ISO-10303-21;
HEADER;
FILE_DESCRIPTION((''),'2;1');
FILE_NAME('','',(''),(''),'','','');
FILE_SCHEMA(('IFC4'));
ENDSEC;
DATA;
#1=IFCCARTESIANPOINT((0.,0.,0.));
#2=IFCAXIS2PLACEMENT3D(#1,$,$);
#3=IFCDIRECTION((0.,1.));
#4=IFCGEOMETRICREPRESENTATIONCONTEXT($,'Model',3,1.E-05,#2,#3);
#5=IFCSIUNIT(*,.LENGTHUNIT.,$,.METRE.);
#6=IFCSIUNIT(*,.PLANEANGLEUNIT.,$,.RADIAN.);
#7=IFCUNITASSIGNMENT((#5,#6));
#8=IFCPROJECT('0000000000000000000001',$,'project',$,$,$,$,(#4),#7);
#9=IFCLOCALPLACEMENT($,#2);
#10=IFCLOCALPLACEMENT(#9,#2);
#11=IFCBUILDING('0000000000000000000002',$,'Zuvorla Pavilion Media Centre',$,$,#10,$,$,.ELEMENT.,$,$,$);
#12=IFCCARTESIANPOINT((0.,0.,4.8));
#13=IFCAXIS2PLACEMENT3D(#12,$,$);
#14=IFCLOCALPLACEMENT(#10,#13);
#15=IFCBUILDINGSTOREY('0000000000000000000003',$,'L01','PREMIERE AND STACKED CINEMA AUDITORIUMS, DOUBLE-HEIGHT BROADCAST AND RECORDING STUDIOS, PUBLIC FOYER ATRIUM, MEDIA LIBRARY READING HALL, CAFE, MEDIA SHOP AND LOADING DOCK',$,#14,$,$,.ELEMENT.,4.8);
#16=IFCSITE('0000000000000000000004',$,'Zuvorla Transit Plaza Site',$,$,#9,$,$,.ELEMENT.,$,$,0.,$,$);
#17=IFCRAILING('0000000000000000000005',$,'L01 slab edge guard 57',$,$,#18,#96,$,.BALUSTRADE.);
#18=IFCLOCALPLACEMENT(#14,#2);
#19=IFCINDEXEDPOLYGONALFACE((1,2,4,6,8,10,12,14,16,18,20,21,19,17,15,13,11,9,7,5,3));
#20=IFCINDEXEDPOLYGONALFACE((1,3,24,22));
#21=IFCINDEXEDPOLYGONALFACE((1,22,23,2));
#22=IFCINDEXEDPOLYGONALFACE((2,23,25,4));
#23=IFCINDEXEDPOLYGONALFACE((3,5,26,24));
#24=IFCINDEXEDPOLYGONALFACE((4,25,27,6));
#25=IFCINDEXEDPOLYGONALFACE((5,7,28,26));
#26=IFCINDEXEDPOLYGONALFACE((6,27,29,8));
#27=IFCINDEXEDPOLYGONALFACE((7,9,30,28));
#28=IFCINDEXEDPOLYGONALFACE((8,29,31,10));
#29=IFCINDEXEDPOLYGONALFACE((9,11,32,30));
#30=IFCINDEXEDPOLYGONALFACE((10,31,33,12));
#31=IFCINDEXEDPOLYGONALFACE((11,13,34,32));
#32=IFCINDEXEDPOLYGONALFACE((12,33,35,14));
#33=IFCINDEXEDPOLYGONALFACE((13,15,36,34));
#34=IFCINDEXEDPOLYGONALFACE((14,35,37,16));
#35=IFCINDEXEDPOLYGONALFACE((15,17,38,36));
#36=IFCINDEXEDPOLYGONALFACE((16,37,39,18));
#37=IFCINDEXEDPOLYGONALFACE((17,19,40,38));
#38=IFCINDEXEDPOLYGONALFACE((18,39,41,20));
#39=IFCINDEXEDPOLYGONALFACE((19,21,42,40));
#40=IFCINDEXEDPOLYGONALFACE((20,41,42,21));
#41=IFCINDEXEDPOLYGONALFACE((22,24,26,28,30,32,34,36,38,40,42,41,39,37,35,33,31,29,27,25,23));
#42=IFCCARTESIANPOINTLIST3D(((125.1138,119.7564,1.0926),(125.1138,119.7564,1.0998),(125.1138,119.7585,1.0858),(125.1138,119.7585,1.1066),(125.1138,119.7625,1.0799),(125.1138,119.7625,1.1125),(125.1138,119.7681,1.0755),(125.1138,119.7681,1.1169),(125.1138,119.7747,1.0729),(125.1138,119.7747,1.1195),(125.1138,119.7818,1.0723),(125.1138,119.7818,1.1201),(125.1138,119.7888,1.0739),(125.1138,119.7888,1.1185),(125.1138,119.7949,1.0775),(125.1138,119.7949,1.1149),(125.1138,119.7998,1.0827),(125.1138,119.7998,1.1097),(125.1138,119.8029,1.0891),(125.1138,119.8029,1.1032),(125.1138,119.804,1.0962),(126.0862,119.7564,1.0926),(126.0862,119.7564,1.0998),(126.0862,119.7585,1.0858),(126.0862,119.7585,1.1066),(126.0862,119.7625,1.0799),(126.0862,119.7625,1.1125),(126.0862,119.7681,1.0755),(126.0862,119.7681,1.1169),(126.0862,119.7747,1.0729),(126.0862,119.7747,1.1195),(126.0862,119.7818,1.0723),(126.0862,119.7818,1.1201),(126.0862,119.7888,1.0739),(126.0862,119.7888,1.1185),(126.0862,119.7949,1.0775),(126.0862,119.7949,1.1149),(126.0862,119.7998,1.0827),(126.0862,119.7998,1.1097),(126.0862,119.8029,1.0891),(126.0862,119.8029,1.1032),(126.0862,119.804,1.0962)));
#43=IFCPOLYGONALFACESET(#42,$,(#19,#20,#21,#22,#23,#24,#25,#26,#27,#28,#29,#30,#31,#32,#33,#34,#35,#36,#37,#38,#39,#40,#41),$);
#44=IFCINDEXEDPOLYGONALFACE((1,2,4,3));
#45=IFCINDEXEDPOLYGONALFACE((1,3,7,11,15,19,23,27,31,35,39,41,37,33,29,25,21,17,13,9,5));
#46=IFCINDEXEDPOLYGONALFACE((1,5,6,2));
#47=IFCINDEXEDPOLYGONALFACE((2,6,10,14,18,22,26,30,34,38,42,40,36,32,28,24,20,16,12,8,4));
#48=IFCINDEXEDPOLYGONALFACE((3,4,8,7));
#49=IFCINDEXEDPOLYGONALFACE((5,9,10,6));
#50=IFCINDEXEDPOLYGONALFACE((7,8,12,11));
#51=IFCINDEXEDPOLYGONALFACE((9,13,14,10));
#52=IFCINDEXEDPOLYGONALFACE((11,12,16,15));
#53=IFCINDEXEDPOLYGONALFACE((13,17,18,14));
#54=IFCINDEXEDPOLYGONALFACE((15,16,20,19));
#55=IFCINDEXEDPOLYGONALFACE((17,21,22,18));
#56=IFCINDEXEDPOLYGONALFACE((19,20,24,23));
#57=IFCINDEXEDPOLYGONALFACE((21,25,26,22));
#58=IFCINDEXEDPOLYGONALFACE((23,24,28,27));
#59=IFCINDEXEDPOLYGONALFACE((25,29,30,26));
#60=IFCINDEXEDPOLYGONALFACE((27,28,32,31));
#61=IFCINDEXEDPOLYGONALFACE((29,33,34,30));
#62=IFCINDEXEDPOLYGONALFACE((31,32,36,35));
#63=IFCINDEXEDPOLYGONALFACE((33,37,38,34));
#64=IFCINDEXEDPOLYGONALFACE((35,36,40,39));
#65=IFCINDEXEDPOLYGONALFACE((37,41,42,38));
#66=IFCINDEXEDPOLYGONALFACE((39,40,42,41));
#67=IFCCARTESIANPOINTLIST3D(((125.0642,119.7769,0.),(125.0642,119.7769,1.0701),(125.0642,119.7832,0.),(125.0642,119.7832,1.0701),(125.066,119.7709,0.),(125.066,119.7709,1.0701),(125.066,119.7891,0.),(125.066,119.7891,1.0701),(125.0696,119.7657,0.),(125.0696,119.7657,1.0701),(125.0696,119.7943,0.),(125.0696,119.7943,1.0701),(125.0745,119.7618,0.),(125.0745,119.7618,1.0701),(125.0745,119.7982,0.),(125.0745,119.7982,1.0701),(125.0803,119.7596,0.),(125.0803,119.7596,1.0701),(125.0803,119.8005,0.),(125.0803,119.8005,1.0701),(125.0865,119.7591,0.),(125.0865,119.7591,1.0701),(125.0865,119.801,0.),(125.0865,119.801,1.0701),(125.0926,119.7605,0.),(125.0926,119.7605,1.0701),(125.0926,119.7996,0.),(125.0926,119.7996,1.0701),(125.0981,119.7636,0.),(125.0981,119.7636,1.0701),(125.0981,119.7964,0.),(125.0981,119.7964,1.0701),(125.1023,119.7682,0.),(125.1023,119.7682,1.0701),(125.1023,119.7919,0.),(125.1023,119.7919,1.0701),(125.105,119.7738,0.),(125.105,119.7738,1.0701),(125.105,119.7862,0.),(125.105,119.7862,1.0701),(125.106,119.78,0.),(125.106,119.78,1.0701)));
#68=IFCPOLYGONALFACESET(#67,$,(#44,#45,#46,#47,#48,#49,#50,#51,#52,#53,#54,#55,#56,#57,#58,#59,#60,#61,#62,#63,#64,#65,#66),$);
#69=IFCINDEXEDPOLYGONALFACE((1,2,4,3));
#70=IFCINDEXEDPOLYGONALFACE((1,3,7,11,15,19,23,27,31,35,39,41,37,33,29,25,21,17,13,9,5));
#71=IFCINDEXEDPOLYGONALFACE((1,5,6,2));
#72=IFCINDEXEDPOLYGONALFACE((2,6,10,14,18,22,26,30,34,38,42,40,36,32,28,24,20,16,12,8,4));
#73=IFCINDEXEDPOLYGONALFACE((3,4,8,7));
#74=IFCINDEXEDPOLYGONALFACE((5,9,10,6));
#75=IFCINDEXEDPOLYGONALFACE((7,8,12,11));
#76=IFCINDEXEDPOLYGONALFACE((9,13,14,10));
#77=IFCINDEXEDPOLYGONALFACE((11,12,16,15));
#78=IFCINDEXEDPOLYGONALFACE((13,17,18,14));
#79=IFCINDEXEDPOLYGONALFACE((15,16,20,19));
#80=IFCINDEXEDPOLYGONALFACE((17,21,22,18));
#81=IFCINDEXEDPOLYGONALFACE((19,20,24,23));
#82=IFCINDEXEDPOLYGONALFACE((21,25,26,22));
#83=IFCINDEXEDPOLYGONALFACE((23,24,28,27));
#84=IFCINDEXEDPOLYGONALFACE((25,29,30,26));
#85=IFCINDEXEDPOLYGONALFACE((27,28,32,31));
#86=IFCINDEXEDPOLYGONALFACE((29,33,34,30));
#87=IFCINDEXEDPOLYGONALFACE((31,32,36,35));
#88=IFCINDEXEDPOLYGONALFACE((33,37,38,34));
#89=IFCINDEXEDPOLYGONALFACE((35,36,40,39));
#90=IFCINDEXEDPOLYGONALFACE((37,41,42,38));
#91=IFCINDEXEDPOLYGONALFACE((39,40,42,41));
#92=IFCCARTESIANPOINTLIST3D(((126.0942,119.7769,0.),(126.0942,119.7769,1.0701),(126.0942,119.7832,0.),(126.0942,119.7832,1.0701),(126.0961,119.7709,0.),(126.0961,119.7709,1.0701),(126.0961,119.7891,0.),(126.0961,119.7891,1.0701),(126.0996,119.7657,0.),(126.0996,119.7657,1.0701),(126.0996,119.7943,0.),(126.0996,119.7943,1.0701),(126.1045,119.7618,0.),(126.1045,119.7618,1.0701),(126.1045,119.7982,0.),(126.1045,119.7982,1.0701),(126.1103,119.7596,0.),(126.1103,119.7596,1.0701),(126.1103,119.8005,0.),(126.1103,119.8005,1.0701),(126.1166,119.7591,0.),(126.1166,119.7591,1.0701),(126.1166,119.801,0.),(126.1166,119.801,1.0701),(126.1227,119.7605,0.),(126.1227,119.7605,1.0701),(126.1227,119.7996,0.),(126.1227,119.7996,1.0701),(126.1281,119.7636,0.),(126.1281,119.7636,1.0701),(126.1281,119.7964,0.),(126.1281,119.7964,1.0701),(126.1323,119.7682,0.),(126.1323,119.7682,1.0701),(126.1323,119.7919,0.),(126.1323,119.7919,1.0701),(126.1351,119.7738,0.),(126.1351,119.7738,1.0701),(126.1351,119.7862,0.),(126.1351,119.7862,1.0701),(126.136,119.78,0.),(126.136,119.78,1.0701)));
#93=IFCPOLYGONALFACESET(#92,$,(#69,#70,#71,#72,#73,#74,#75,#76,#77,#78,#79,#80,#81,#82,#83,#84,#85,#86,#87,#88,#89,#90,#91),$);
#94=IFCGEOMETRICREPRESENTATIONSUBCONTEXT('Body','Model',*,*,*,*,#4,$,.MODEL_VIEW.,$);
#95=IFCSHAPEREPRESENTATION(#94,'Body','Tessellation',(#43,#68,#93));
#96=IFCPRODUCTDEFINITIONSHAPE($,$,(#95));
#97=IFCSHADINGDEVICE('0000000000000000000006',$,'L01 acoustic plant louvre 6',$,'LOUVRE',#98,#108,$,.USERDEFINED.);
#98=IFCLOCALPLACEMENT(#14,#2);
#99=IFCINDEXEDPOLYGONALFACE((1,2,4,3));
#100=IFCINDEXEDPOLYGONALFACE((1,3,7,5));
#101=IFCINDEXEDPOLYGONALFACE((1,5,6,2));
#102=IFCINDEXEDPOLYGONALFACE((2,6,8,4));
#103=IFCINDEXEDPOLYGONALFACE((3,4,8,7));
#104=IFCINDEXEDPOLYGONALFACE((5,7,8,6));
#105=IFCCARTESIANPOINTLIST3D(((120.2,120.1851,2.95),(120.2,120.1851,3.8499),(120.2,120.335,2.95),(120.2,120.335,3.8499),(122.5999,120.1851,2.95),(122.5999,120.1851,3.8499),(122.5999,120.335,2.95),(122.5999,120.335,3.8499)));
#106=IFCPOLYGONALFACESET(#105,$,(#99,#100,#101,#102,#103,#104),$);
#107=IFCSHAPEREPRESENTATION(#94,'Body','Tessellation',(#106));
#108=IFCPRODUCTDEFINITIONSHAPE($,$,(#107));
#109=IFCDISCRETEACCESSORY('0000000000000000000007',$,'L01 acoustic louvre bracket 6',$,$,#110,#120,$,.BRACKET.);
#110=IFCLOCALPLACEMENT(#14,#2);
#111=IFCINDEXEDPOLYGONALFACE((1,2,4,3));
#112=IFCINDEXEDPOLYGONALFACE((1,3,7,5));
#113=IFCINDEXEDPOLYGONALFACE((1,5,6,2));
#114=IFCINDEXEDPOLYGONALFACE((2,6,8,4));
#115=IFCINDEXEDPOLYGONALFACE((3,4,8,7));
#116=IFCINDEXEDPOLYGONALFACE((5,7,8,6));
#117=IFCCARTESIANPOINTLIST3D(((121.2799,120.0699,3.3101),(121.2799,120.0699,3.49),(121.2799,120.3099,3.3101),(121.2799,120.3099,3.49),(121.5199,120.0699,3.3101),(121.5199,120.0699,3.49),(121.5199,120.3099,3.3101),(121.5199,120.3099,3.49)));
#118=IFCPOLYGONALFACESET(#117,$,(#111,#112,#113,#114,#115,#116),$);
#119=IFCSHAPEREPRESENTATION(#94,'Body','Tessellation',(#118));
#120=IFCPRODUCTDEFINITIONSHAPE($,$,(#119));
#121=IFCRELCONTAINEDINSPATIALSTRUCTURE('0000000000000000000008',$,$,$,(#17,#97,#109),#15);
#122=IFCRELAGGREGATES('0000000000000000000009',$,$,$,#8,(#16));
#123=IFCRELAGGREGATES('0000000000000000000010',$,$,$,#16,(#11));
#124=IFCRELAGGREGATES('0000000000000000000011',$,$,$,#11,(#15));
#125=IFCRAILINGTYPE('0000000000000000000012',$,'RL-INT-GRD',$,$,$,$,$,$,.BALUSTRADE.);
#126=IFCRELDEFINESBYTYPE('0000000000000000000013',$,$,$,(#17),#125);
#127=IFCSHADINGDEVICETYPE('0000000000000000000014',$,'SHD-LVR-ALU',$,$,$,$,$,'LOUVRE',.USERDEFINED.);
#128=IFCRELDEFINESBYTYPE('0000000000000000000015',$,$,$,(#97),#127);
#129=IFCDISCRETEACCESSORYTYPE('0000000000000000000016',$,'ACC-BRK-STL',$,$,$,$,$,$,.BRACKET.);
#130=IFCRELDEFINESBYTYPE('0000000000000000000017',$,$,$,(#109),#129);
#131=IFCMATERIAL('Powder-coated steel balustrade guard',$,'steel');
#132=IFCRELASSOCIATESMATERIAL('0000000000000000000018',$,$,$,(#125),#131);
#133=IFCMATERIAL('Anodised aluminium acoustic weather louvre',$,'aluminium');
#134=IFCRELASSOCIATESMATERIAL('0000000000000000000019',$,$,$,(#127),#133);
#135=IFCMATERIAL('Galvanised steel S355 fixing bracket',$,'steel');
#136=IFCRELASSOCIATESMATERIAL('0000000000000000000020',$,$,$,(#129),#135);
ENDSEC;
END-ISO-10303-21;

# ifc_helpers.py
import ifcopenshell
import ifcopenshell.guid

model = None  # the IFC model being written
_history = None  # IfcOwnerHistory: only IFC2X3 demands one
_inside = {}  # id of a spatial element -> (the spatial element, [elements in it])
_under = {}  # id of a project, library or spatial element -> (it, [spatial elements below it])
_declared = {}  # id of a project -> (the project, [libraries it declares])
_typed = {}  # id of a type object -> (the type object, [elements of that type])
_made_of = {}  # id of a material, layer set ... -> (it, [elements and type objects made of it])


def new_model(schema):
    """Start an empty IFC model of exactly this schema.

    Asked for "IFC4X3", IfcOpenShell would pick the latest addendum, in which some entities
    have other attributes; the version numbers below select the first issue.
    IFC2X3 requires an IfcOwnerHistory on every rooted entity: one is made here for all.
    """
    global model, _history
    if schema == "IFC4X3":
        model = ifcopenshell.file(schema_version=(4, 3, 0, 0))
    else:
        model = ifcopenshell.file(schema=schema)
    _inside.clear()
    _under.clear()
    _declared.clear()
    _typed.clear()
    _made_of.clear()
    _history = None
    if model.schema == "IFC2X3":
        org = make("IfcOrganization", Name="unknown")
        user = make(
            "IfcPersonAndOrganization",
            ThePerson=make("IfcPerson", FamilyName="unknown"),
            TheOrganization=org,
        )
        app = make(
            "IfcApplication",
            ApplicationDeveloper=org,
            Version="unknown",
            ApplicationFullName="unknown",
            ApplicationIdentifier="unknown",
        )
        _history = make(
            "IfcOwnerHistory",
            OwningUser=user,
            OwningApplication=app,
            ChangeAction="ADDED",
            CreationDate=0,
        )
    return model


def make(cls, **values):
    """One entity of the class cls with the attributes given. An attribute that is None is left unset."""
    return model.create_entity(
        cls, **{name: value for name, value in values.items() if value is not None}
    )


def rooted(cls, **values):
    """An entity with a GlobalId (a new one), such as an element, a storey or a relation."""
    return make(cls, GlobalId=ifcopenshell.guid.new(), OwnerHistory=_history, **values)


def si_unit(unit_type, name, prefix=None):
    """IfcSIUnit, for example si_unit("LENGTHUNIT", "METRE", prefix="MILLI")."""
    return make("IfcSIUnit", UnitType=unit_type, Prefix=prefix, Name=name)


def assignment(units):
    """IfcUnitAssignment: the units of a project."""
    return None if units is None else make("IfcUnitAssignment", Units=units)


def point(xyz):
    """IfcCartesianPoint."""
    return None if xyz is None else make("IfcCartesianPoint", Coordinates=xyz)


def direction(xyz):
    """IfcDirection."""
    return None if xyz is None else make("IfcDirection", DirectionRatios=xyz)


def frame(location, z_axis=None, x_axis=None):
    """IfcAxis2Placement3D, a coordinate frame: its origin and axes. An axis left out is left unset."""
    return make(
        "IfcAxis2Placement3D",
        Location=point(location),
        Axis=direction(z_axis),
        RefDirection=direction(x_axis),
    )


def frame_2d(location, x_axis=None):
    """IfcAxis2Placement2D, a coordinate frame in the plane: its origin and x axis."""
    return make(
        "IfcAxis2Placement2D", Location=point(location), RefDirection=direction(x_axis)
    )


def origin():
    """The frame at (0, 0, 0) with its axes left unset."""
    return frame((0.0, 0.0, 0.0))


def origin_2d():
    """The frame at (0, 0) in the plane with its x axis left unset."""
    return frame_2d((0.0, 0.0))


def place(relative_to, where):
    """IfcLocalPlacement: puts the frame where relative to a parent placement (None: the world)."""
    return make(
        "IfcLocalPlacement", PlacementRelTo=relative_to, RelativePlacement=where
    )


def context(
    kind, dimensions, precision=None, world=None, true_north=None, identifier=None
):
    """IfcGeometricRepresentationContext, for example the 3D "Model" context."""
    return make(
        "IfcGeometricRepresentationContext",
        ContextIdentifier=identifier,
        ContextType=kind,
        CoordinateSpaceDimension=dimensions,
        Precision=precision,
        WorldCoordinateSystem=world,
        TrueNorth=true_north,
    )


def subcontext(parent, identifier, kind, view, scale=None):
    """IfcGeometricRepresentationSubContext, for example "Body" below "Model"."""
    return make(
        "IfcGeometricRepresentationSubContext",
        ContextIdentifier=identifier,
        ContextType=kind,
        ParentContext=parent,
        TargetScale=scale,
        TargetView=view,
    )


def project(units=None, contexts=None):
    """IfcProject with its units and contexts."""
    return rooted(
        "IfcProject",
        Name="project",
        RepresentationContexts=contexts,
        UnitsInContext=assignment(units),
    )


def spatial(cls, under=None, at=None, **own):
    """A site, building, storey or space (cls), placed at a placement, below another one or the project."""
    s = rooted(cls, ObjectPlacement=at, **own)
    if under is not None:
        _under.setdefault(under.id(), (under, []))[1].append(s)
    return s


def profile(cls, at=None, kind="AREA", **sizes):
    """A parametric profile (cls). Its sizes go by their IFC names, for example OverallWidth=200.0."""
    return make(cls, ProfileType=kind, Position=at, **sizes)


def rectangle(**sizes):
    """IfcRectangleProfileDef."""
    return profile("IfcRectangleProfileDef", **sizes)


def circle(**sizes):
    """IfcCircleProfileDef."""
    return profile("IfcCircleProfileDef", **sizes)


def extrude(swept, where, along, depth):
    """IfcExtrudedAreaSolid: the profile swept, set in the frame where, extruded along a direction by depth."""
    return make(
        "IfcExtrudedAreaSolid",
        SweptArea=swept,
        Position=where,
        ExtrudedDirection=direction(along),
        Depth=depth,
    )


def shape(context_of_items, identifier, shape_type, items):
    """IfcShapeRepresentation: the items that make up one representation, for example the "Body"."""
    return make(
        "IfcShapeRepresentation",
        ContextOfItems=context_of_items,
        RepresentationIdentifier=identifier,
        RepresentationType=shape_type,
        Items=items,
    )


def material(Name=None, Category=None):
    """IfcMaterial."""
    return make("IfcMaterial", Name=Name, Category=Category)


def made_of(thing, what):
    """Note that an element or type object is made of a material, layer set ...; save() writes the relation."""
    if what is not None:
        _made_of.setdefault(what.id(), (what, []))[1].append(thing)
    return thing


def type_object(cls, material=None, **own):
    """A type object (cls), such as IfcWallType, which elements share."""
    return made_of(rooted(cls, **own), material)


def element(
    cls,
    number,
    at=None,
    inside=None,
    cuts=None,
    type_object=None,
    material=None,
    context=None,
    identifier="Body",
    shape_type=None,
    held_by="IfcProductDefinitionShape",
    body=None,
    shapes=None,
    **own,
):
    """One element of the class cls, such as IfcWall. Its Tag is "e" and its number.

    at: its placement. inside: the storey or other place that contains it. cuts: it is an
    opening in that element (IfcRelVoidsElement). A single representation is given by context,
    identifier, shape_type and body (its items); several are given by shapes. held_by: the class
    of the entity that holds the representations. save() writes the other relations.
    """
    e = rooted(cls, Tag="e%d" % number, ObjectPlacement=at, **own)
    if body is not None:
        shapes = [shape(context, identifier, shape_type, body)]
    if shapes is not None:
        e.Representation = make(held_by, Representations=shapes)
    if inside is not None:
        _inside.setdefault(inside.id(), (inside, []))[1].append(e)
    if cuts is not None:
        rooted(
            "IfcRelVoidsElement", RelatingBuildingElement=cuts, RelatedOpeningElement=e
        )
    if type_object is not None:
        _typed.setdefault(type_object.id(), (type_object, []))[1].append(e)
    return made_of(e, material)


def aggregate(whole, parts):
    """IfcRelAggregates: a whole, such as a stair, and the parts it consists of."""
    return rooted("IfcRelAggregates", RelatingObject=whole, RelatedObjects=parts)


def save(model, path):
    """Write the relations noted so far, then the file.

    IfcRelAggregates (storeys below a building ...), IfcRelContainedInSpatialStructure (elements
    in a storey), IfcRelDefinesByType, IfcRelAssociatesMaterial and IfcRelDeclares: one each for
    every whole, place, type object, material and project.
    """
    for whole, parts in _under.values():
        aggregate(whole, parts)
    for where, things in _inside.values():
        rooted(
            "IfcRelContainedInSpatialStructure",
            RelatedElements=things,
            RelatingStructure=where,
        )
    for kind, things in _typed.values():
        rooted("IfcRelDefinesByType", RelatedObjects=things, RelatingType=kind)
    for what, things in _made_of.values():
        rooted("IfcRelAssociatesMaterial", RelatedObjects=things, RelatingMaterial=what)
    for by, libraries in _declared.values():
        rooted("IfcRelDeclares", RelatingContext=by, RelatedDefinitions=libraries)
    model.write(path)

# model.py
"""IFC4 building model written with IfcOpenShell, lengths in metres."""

from ifc_helpers import new_model, si_unit, direction, frame, origin, origin_2d, place, context, subcontext, project, spatial, rectangle, circle, extrude, material, type_object, element, save


model = new_model("IFC4")

# Units and contexts
model_context = context("Model", 3, precision=1e-05, world=origin(), true_north=direction((0.0, 1.0)))
body_context = subcontext(model_context, "Body", "Model", "MODEL_VIEW")
ifc_project = project(units=[si_unit("LENGTHUNIT", "METRE"), si_unit("PLANEANGLEUNIT", "RADIAN")], contexts=[model_context])

# Site, building, storey
site_placement = place(None, origin())
site = spatial("IfcSite", under=ifc_project, at=site_placement, Name="Zuvorla Transit Plaza Site", CompositionType="ELEMENT", RefElevation=0.0)
building_placement = place(site_placement, origin())
building = spatial("IfcBuilding", under=site, at=building_placement, Name="Zuvorla Pavilion Media Centre", CompositionType="ELEMENT")
storey_placement = place(building_placement, frame((0.0, 0.0, 4.8)))
storey = spatial("IfcBuildingStorey", under=building, at=storey_placement, Name="L01", Description="PREMIERE AND STACKED CINEMA AUDITORIUMS, DOUBLE-HEIGHT BROADCAST AND RECORDING STUDIOS, PUBLIC FOYER ATRIUM, MEDIA LIBRARY READING HALL, CAFE, MEDIA SHOP AND LOADING DOCK", CompositionType="ELEMENT", Elevation=4.8)

# Railing
ifc_material_1 = material(Name="Powder-coated steel balustrade guard", Category="steel")
railing_type = type_object("IfcRailingType", Name="RL-INT-GRD", PredefinedType="BALUSTRADE", material=ifc_material_1)
railing_placement = place(storey_placement, frame((125.085, 119.78, 0.0)))
element("IfcRailing", 1, at=railing_placement, inside=storey, type_object=railing_type, Name="L01 slab edge guard 57", PredefinedType="BALUSTRADE", context=body_context, shape_type="SweptSolid", body=[
    extrude(circle(Radius=0.0239, at=origin_2d()), frame((0.0288, 0.0, 1.0962), z_axis=(1.0, 0.0, 0.0), x_axis=(0.0, 1.0, 0.0)), (0.0, 0.0, 1.0), 0.9724),
    extrude(circle(Radius=0.021, at=origin_2d()), origin(), (0.0, 0.0, 1.0), 1.0701),
    extrude(circle(Radius=0.021, at=origin_2d()), frame((1.03, 0.0, 0.0)), (0.0, 0.0, 1.0), 1.0701),
])

# Shading device
ifc_material_2 = material(Name="Anodised aluminium acoustic weather louvre", Category="aluminium")
shading_device_type = type_object("IfcShadingDeviceType", Name="SHD-LVR-ALU", ElementType="LOUVRE", PredefinedType="USERDEFINED", material=ifc_material_2)
shading_device_placement = place(storey_placement, frame((121.3999, 120.26, 2.95), z_axis=(0.0, 0.0, 1.0), x_axis=(1.0, 0.0, 0.0)))
element("IfcShadingDevice", 2, at=shading_device_placement, inside=storey, type_object=shading_device_type, Name="L01 acoustic plant louvre 6", ObjectType="LOUVRE", PredefinedType="USERDEFINED", context=body_context, shape_type="SweptSolid", body=[
    extrude(rectangle(XDim=2.3999, YDim=0.1499, at=origin_2d()), origin(), (0.0, 0.0, 1.0), 0.8999),
])

# Discrete accessory
ifc_material_3 = material(Name="Galvanised steel S355 fixing bracket", Category="steel")
discrete_accessory_type = type_object("IfcDiscreteAccessoryType", Name="ACC-BRK-STL", PredefinedType="BRACKET", material=ifc_material_3)
discrete_accessory_placement = place(storey_placement, frame((121.3999, 120.1899, 3.3101), z_axis=(0.0, 0.0, 1.0), x_axis=(1.0, 0.0, 0.0)))
element("IfcDiscreteAccessory", 3, at=discrete_accessory_placement, inside=storey, type_object=discrete_accessory_type, Name="L01 acoustic louvre bracket 6", PredefinedType="BRACKET", context=body_context, shape_type="SweptSolid", body=[
    extrude(rectangle(XDim=0.24, YDim=0.24, at=origin_2d()), origin(), (0.0, 0.0, 1.0), 0.1799),
])

save(model, "model.ifc")
